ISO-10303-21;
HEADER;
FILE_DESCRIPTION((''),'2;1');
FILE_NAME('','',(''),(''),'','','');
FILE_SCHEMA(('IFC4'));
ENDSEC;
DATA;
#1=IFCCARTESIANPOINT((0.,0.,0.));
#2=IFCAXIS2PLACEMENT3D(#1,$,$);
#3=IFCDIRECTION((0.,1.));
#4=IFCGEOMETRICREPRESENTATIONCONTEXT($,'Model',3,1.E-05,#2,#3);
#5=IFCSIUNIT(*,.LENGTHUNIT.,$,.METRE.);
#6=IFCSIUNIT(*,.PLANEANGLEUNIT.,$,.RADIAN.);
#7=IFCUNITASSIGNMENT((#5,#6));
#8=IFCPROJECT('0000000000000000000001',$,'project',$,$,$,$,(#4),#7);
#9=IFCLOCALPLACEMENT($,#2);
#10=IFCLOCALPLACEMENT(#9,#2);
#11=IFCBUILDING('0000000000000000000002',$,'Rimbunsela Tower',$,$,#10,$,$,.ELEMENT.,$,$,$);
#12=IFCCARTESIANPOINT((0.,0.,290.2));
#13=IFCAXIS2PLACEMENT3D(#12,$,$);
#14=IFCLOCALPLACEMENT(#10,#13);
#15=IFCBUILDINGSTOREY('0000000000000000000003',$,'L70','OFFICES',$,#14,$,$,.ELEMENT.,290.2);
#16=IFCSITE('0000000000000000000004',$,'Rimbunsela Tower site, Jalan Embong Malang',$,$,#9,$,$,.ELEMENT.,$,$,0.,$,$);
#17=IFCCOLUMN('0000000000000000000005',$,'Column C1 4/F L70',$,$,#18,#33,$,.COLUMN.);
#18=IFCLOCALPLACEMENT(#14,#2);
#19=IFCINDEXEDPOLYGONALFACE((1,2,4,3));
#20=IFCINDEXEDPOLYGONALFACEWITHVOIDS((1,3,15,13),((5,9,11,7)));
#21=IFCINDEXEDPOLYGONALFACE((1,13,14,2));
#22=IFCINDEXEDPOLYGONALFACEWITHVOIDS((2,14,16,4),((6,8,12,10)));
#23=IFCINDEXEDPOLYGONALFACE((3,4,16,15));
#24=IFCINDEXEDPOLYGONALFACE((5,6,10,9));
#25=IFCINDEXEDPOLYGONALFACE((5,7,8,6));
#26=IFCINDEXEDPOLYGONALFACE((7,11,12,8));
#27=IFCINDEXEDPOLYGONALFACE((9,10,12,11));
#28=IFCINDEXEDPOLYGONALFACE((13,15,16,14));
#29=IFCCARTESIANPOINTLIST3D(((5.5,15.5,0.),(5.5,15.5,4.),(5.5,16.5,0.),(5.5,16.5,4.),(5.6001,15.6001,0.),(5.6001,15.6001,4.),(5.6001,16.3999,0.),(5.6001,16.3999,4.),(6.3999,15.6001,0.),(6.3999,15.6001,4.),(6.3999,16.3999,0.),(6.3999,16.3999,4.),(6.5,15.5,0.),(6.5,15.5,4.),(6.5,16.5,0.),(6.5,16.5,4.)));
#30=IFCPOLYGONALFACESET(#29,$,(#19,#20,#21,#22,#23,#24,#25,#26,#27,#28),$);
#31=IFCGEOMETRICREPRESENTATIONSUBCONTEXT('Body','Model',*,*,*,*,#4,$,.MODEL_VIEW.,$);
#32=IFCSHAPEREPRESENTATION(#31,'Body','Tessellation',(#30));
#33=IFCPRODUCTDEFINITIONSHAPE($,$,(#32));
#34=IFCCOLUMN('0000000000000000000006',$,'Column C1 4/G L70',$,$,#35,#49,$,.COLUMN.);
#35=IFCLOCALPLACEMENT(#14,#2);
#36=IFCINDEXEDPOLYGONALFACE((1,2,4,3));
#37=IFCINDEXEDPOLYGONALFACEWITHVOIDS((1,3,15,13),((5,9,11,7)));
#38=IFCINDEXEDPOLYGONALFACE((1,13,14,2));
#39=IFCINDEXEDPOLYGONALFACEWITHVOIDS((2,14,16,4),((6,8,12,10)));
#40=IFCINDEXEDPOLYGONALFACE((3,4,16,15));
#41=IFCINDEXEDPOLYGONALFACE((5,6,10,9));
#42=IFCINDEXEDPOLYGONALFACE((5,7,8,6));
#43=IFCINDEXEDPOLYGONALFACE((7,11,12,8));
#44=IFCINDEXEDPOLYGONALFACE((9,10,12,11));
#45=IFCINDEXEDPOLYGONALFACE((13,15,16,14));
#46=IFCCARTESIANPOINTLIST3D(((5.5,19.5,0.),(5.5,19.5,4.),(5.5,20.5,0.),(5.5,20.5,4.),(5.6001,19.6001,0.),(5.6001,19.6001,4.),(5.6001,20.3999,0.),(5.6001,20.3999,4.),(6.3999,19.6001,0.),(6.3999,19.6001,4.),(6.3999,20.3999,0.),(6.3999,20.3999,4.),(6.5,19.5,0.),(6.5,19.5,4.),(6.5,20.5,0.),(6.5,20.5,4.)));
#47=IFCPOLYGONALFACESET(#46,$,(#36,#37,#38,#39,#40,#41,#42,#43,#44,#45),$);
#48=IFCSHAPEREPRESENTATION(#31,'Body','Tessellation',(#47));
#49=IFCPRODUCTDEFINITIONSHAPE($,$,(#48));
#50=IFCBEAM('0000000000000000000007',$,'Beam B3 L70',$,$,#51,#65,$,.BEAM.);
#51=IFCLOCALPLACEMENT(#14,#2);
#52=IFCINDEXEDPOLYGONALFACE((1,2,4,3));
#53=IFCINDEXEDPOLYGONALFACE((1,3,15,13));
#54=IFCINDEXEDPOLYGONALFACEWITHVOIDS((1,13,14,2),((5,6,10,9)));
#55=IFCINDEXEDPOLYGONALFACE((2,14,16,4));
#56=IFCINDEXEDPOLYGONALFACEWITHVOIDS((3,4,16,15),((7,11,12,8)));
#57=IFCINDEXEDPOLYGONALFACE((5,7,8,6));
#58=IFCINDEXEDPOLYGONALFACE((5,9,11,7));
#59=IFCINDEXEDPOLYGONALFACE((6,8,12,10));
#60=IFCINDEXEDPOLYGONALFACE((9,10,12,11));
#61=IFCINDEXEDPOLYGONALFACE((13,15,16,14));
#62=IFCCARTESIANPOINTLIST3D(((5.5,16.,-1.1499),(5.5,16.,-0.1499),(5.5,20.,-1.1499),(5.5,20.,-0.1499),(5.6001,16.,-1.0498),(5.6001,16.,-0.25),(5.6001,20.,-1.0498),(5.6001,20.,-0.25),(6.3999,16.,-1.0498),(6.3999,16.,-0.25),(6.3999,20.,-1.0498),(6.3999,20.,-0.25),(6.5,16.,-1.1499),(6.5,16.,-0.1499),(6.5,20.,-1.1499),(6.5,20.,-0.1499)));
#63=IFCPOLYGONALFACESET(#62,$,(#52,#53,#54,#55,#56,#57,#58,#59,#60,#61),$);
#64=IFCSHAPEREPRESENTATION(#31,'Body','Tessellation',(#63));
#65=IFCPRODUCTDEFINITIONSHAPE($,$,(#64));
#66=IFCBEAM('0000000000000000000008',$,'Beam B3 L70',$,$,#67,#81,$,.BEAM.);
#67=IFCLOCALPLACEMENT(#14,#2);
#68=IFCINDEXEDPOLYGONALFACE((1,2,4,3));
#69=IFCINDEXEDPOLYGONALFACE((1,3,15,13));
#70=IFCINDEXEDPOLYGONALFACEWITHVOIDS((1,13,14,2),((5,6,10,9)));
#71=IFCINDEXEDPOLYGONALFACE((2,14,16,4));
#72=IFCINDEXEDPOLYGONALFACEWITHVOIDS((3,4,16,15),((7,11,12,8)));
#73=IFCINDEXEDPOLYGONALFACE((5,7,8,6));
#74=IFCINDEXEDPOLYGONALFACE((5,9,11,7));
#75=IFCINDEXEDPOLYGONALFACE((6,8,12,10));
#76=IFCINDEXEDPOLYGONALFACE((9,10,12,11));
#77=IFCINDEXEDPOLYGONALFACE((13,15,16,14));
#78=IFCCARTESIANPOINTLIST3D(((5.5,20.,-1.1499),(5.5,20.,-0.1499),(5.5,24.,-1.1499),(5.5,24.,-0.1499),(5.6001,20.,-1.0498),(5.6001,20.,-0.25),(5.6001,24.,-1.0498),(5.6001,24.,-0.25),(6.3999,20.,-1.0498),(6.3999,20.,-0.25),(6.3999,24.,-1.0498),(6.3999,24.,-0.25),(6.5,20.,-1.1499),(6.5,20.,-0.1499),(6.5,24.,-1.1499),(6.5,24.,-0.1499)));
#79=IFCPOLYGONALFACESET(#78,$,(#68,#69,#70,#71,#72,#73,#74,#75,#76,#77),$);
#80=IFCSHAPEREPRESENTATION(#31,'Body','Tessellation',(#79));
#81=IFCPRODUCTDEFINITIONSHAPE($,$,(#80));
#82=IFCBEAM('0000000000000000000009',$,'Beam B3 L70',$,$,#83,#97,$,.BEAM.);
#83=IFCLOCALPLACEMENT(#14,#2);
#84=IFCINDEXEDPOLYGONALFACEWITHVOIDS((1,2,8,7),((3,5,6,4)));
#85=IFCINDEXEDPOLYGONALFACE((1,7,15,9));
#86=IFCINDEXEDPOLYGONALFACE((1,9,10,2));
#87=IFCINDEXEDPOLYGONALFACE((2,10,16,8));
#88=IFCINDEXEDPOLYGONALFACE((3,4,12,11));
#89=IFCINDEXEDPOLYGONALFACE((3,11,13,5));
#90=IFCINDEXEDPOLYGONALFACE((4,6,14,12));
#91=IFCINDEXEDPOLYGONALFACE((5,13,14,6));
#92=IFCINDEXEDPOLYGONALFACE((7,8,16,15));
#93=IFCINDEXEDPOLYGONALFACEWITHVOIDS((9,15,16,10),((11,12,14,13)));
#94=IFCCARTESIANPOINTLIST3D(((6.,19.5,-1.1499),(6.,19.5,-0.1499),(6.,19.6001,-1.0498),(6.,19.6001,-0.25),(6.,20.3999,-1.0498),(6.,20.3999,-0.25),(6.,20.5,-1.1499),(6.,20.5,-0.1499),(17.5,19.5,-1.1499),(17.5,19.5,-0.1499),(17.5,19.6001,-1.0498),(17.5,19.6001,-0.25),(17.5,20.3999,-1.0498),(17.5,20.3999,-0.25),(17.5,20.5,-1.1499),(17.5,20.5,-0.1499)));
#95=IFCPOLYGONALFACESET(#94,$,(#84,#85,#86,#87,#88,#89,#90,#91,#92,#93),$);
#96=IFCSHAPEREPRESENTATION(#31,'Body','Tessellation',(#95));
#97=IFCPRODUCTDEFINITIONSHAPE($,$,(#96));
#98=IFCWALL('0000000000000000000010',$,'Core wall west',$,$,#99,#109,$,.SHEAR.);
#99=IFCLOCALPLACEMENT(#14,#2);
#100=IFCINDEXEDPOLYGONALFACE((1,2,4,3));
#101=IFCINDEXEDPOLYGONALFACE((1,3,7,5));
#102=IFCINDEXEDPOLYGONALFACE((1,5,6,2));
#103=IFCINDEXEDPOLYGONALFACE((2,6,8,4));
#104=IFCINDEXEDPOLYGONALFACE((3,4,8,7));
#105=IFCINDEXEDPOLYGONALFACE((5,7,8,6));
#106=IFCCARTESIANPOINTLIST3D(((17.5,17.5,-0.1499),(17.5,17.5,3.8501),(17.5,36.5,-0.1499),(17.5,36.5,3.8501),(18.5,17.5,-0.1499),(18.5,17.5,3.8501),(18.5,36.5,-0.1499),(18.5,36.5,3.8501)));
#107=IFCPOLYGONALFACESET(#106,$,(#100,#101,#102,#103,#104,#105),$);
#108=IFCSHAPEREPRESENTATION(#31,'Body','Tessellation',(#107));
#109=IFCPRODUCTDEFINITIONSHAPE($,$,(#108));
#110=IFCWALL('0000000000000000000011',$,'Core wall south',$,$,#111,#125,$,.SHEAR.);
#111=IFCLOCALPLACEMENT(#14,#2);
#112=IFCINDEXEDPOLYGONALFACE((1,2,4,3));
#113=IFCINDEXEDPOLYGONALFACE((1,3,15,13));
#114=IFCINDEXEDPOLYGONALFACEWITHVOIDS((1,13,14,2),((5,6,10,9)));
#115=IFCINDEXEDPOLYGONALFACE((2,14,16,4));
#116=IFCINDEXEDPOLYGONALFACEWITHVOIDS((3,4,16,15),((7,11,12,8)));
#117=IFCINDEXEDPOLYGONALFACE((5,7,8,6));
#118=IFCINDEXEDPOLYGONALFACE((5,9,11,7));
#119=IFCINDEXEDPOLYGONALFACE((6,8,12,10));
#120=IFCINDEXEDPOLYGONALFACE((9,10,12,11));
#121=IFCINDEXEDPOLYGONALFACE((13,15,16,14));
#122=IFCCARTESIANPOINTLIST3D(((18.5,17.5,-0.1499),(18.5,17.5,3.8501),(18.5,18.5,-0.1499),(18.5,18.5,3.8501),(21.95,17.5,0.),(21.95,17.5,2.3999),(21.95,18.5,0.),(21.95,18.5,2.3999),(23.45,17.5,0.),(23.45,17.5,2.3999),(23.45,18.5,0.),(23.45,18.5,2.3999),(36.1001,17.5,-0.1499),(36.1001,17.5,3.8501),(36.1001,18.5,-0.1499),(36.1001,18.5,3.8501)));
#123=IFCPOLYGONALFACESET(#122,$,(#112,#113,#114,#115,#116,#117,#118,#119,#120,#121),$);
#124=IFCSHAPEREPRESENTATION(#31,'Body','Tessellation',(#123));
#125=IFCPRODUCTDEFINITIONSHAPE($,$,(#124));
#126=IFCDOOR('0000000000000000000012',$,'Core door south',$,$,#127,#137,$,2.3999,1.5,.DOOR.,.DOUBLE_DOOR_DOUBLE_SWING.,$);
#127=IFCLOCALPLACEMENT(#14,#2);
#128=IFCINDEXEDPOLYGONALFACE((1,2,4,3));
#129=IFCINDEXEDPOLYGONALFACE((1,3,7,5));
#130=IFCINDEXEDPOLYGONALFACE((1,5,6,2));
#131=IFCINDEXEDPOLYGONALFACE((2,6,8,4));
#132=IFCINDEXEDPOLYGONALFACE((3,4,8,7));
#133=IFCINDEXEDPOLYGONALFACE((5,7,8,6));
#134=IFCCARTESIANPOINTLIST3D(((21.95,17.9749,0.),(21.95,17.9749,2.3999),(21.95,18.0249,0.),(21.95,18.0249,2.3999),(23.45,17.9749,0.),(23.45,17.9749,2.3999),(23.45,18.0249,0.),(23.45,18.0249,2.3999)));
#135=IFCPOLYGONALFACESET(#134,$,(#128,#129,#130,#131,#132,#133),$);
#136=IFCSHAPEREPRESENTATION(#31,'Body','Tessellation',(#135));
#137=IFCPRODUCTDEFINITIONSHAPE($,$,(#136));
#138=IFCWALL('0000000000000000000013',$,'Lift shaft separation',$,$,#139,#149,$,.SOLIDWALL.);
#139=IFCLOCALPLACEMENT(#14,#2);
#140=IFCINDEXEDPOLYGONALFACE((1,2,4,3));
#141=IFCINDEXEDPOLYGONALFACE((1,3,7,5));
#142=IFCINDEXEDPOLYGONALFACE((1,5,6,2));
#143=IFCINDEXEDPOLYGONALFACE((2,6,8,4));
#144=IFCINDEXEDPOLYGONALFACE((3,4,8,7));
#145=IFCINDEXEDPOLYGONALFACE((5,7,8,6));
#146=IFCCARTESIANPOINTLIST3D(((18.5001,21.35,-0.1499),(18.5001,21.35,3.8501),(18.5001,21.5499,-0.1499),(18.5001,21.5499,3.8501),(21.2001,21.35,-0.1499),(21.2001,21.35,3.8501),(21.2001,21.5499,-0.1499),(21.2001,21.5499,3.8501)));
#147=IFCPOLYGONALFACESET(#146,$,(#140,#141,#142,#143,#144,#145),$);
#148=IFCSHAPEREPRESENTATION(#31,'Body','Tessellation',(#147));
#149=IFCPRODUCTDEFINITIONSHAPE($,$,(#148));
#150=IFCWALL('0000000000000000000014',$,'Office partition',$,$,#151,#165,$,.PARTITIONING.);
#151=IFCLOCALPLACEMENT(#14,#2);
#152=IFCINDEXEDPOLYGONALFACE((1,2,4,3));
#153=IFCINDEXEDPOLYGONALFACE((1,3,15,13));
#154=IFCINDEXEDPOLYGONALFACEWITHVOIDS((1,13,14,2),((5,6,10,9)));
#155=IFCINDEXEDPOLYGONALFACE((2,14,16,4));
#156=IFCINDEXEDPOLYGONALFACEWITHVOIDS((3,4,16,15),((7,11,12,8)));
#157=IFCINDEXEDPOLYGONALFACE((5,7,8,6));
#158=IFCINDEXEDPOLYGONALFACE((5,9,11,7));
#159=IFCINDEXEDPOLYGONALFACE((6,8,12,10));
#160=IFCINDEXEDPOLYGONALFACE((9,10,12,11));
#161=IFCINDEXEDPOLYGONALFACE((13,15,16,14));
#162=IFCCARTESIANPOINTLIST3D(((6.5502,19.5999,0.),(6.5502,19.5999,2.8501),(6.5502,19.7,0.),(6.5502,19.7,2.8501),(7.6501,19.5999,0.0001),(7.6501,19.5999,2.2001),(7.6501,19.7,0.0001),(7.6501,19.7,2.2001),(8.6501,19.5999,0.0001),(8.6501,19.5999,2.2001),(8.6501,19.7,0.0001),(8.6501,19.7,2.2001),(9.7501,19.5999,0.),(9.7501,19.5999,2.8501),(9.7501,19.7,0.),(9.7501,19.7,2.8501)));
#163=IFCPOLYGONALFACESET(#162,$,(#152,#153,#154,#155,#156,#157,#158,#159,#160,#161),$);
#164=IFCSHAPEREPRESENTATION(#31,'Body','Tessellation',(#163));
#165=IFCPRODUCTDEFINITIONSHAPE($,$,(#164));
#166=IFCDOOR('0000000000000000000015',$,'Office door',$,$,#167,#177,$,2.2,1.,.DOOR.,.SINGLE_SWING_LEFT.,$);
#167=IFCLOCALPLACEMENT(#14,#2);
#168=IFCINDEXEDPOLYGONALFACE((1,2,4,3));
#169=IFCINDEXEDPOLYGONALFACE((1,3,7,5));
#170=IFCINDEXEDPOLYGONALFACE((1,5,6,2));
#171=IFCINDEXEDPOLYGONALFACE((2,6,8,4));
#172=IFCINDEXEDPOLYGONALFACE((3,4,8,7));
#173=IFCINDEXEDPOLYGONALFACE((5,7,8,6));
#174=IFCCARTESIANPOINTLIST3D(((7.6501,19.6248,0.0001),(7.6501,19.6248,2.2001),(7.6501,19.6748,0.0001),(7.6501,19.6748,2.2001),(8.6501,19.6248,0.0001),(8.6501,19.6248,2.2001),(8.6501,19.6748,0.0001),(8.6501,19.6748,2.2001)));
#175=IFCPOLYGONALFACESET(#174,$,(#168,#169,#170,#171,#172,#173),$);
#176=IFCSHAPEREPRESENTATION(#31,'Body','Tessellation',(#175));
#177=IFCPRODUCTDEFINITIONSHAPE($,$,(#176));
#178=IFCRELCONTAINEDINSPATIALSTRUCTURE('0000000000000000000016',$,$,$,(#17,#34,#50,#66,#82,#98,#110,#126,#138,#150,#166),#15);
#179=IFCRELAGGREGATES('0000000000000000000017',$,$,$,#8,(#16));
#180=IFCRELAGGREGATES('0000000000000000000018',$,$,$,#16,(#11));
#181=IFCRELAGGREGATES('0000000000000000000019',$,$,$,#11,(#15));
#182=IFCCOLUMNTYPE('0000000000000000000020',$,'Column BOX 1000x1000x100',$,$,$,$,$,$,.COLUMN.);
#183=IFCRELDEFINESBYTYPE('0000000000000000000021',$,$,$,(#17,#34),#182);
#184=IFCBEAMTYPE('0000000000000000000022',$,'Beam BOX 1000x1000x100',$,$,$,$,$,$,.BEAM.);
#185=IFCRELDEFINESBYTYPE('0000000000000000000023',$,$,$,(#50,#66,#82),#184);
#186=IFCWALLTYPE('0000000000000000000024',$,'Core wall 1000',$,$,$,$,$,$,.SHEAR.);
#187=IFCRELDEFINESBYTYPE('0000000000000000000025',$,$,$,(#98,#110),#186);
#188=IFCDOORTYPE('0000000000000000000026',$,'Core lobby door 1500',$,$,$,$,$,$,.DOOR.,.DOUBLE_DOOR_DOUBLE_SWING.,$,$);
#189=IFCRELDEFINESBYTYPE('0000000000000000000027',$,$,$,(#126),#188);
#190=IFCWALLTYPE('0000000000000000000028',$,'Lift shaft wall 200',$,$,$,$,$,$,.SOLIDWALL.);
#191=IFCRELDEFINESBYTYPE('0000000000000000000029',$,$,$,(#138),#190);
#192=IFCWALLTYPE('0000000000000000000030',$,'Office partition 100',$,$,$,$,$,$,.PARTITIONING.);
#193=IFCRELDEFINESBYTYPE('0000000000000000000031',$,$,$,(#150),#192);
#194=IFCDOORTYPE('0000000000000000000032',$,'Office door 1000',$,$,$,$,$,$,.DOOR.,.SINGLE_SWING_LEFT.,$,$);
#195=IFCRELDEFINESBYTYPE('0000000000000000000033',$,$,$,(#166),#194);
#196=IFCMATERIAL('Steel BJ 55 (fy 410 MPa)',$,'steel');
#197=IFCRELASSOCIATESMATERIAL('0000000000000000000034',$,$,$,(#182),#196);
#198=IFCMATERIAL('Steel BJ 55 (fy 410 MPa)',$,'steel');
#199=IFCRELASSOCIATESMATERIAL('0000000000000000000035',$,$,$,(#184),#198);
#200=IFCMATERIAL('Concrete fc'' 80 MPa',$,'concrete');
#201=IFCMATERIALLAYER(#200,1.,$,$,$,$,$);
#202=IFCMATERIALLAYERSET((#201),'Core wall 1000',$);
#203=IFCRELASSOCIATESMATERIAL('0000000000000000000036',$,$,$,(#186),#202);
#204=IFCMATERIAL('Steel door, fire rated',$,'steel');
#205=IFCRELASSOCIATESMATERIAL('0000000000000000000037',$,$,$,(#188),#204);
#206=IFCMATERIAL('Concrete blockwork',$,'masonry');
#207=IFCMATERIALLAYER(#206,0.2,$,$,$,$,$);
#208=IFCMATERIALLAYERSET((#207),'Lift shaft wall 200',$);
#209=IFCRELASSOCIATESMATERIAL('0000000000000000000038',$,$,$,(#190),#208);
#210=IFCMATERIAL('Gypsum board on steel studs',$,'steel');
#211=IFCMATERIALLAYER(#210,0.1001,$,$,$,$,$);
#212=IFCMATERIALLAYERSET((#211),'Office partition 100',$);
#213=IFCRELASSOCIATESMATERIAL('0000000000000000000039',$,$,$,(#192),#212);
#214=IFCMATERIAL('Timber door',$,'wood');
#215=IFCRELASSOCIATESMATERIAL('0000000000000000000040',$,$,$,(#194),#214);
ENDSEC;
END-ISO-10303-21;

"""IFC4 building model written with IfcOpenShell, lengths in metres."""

from ifc_helpers import new_model, si_unit, direction, frame, frame_2d, origin, origin_2d, place, context, subcontext, project, spatial, rectangle, hollow_rectangle, extrude, material, layer, layer_set, material_profile, profile_set, type_object, element, fill, save


model = new_model("IFC4")

# Units and contexts
model_context = context("Model", 3, precision=1e-05, world=origin(), true_north=direction((0.0, 1.0)))
body_context = subcontext(model_context, "Body", "Model", "MODEL_VIEW")
ifc_project = project(units=[si_unit("LENGTHUNIT", "METRE"), si_unit("PLANEANGLEUNIT", "RADIAN")], contexts=[model_context])

# Site, building, storey
site_placement = place(None, origin())
site = spatial("IfcSite", under=ifc_project, at=site_placement, Name="Rimbunsela Tower site, Jalan Embong Malang", CompositionType="ELEMENT", RefElevation=0.0)
building_placement = place(site_placement, origin())
building = spatial("IfcBuilding", under=site, at=building_placement, Name="Rimbunsela Tower", CompositionType="ELEMENT")
storey_placement = place(building_placement, frame((0.0, 0.0, 290.2)))
storey = spatial("IfcBuildingStorey", under=building, at=storey_placement, Name="L70", Description="OFFICES", CompositionType="ELEMENT", Elevation=290.2)

# Columns
ifc_material_1 = material(Name="Steel BJ 55 (fy 410 MPa)", Category="steel")
ifc_material_profile_1 = material_profile(ifc_material_1, hollow_rectangle(XDim=1.0, YDim=1.0, WallThickness=0.1001, at=origin_2d()), Name="BOX 1000x1000x100")
ifc_profile_set_1 = profile_set([ifc_material_profile_1], Name="Steel BJ 55 (fy 410 MPa)")
column_type = type_object("IfcColumnType", Name="Column BOX 1000x1000x100", PredefinedType="COLUMN", material=ifc_profile_set_1)
for number, where, z_axis, x_axis, name in (
    (1, (6.0, 16.0, 0.0), (0.0, 0.0, 1.0), (1.0, 0.0, 0.0), "Column C1 4/F L70"),
    (2, (6.0, 20.0, 0.0), (0.0, 0.0, 1.0), (1.0, 0.0, 0.0), "Column C1 4/G L70"),
):
    element("IfcColumn", number, at=place(storey_placement, frame(where, z_axis=z_axis, x_axis=x_axis)), inside=storey, type_object=column_type, Name=name, PredefinedType="COLUMN", context=body_context, shape_type="SweptSolid", body=[
        extrude(hollow_rectangle(XDim=1.0, YDim=1.0, WallThickness=0.1001, at=origin_2d()), origin(), (0.0, 0.0, 1.0), 4.0),
    ])

# Beams
ifc_material_2 = material(Name="Steel BJ 55 (fy 410 MPa)", Category="steel")
ifc_material_profile_2 = material_profile(ifc_material_2, hollow_rectangle(XDim=1.0, YDim=1.0, WallThickness=0.1001, at=origin_2d()), Name="BOX 1000x1000x100")
ifc_profile_set_2 = profile_set([ifc_material_profile_2], Name="Steel BJ 55 (fy 410 MPa)")
beam_type = type_object("IfcBeamType", Name="Beam BOX 1000x1000x100", PredefinedType="BEAM", material=ifc_profile_set_2)
for number, where, z_axis, x_axis, name in (
    (3, (6.0, 16.0, -0.6499), (0.0, 1.0, 0.0), (-1.0, 0.0, 0.0), "Beam B3 L70"),
    (4, (6.0, 20.0, -0.6499), (0.0, 1.0, 0.0), (-1.0, 0.0, 0.0), "Beam B3 L70"),
):
    element("IfcBeam", number, at=place(storey_placement, frame(where, z_axis=z_axis, x_axis=x_axis)), inside=storey, type_object=beam_type, Name=name, PredefinedType="BEAM", context=body_context, shape_type="SweptSolid", body=[
        extrude(hollow_rectangle(XDim=1.0, YDim=1.0, WallThickness=0.1001, at=origin_2d()), origin(), (0.0, 0.0, 1.0), 4.0),
    ])
beam_placement = place(storey_placement, frame((6.0, 20.0, -0.6499), z_axis=(1.0, 0.0, 0.0), x_axis=(0.0, 1.0, 0.0)))
element("IfcBeam", 5, at=beam_placement, inside=storey, type_object=beam_type, Name="Beam B3 L70", PredefinedType="BEAM", context=body_context, shape_type="SweptSolid", body=[
    extrude(hollow_rectangle(XDim=1.0, YDim=1.0, WallThickness=0.1001, at=origin_2d()), origin(), (0.0, 0.0, 1.0), 11.5),
])

# Wall
ifc_material_3 = material(Name="Concrete fc' 80 MPa", Category="concrete")
ifc_layer_1 = layer(ifc_material_3, 1.0)
ifc_layer_set_1 = layer_set([ifc_layer_1], Name="Core wall 1000")
wall_type_1 = type_object("IfcWallType", Name="Core wall 1000", PredefinedType="SHEAR", material=ifc_layer_set_1)
wall_1_placement = place(storey_placement, frame((18.0, 17.5, -0.1499), z_axis=(0.0, 0.0, 1.0), x_axis=(0.0, 1.0, 0.0)))
element("IfcWall", 6, at=wall_1_placement, inside=storey, type_object=wall_type_1, Name="Core wall west", PredefinedType="SHEAR", context=body_context, shape_type="SweptSolid", body=[
    extrude(rectangle(XDim=19.0, YDim=1.0, at=frame_2d((9.5, 0.0))), origin(), (0.0, 0.0, 1.0), 4.0),
])

# Wall, opening, door
wall_2_placement = place(storey_placement, frame((18.5, 18.0, -0.1499), z_axis=(0.0, 0.0, 1.0), x_axis=(1.0, 0.0, 0.0)))
wall_2 = element("IfcWall", 7, at=wall_2_placement, inside=storey, type_object=wall_type_1, Name="Core wall south", PredefinedType="SHEAR", context=body_context, shape_type="SweptSolid", body=[
    extrude(rectangle(XDim=17.6001, YDim=1.0, at=frame_2d((8.8, 0.0))), origin(), (0.0, 0.0, 1.0), 4.0),
])
opening_1_placement = place(wall_2_placement, frame((3.45, 0.0, 0.1499)))
opening_1 = element("IfcOpeningElement", 8, at=opening_1_placement, cuts=wall_2, PredefinedType="OPENING", context=body_context, shape_type="SweptSolid", body=[
    extrude(rectangle(XDim=1.5, YDim=2.3999, at=frame_2d((0.75, 1.2))), frame((0.0, 0.51, 0.0), z_axis=(0.0, -1.0, 0.0), x_axis=(1.0, 0.0, 0.0)), (0.0, 0.0, 1.0), 1.02),
])
ifc_material_4 = material(Name="Steel door, fire rated", Category="steel")
door_type_1 = type_object("IfcDoorType", Name="Core lobby door 1500", OperationType="DOUBLE_DOOR_DOUBLE_SWING", PredefinedType="DOOR", material=ifc_material_4)
door_1_placement = place(opening_1_placement, origin())
door_1 = element("IfcDoor", 9, at=door_1_placement, inside=storey, type_object=door_type_1, Name="Core door south", OperationType="DOUBLE_DOOR_DOUBLE_SWING", OverallHeight=2.3999, OverallWidth=1.5, PredefinedType="DOOR", context=body_context, shape_type="SweptSolid", body=[
    extrude(rectangle(XDim=1.5, YDim=2.3999, at=frame_2d((0.75, 1.2))), frame((0.0, 0.0249, 0.0), z_axis=(0.0, -1.0, 0.0), x_axis=(1.0, 0.0, 0.0)), (0.0, 0.0, 1.0), 0.05),
])
fill(opening_1, door_1)

# Wall
ifc_material_5 = material(Name="Concrete blockwork", Category="masonry")
ifc_layer_2 = layer(ifc_material_5, 0.2)
ifc_layer_set_2 = layer_set([ifc_layer_2], Name="Lift shaft wall 200")
wall_type_2 = type_object("IfcWallType", Name="Lift shaft wall 200", PredefinedType="SOLIDWALL", material=ifc_layer_set_2)
wall_3_placement = place(storey_placement, frame((18.5, 21.45, -0.1499), z_axis=(0.0, 0.0, 1.0), x_axis=(1.0, 0.0, 0.0)))
element("IfcWall", 10, at=wall_3_placement, inside=storey, type_object=wall_type_2, Name="Lift shaft separation", PredefinedType="SOLIDWALL", context=body_context, shape_type="SweptSolid", body=[
    extrude(rectangle(XDim=2.7, YDim=0.2, at=frame_2d((1.3501, 0.0))), origin(), (0.0, 0.0, 1.0), 4.0),
])

# Wall, opening, door
ifc_material_6 = material(Name="Gypsum board on steel studs", Category="steel")
ifc_layer_3 = layer(ifc_material_6, 0.1001)
ifc_layer_set_3 = layer_set([ifc_layer_3], Name="Office partition 100")
wall_type_3 = type_object("IfcWallType", Name="Office partition 100", PredefinedType="PARTITIONING", material=ifc_layer_set_3)
wall_4_placement = place(storey_placement, frame((6.55, 19.6499, 0.0), z_axis=(0.0, 0.0, 1.0), x_axis=(1.0, 0.0, 0.0)))
wall_4 = element("IfcWall", 11, at=wall_4_placement, inside=storey, type_object=wall_type_3, Name="Office partition", PredefinedType="PARTITIONING", context=body_context, shape_type="SweptSolid", body=[
    extrude(rectangle(XDim=3.2, YDim=0.1001, at=frame_2d((1.6001, 0.0))), origin(), (0.0, 0.0, 1.0), 2.8501),
])
opening_2_placement = place(wall_4_placement, frame((1.1001, 0.0, 0.0)))
opening_2 = element("IfcOpeningElement", 12, at=opening_2_placement, cuts=wall_4, PredefinedType="OPENING", context=body_context, shape_type="SweptSolid", body=[
    extrude(rectangle(XDim=1.0, YDim=2.2, at=frame_2d((0.5, 1.1001))), frame((0.0, 0.0601, 0.0), z_axis=(0.0, -1.0, 0.0), x_axis=(1.0, 0.0, 0.0)), (0.0, 0.0, 1.0), 0.1201),
])
ifc_material_7 = material(Name="Timber door", Category="wood")
door_type_2 = type_object("IfcDoorType", Name="Office door 1000", OperationType="SINGLE_SWING_LEFT", PredefinedType="DOOR", material=ifc_material_7)
door_2_placement = place(opening_2_placement, origin())
door_2 = element("IfcDoor", 13, at=door_2_placement, inside=storey, type_object=door_type_2, Name="Office door", OperationType="SINGLE_SWING_LEFT", OverallHeight=2.2, OverallWidth=1.0, PredefinedType="DOOR", context=body_context, shape_type="SweptSolid", body=[
    extrude(rectangle(XDim=1.0, YDim=2.2, at=frame_2d((0.5, 1.1001))), frame((0.0, 0.0249, 0.0), z_axis=(0.0, -1.0, 0.0), x_axis=(1.0, 0.0, 0.0)), (0.0, 0.0, 1.0), 0.05),
])
fill(opening_2, door_2)

save(model, "model.ifc")
